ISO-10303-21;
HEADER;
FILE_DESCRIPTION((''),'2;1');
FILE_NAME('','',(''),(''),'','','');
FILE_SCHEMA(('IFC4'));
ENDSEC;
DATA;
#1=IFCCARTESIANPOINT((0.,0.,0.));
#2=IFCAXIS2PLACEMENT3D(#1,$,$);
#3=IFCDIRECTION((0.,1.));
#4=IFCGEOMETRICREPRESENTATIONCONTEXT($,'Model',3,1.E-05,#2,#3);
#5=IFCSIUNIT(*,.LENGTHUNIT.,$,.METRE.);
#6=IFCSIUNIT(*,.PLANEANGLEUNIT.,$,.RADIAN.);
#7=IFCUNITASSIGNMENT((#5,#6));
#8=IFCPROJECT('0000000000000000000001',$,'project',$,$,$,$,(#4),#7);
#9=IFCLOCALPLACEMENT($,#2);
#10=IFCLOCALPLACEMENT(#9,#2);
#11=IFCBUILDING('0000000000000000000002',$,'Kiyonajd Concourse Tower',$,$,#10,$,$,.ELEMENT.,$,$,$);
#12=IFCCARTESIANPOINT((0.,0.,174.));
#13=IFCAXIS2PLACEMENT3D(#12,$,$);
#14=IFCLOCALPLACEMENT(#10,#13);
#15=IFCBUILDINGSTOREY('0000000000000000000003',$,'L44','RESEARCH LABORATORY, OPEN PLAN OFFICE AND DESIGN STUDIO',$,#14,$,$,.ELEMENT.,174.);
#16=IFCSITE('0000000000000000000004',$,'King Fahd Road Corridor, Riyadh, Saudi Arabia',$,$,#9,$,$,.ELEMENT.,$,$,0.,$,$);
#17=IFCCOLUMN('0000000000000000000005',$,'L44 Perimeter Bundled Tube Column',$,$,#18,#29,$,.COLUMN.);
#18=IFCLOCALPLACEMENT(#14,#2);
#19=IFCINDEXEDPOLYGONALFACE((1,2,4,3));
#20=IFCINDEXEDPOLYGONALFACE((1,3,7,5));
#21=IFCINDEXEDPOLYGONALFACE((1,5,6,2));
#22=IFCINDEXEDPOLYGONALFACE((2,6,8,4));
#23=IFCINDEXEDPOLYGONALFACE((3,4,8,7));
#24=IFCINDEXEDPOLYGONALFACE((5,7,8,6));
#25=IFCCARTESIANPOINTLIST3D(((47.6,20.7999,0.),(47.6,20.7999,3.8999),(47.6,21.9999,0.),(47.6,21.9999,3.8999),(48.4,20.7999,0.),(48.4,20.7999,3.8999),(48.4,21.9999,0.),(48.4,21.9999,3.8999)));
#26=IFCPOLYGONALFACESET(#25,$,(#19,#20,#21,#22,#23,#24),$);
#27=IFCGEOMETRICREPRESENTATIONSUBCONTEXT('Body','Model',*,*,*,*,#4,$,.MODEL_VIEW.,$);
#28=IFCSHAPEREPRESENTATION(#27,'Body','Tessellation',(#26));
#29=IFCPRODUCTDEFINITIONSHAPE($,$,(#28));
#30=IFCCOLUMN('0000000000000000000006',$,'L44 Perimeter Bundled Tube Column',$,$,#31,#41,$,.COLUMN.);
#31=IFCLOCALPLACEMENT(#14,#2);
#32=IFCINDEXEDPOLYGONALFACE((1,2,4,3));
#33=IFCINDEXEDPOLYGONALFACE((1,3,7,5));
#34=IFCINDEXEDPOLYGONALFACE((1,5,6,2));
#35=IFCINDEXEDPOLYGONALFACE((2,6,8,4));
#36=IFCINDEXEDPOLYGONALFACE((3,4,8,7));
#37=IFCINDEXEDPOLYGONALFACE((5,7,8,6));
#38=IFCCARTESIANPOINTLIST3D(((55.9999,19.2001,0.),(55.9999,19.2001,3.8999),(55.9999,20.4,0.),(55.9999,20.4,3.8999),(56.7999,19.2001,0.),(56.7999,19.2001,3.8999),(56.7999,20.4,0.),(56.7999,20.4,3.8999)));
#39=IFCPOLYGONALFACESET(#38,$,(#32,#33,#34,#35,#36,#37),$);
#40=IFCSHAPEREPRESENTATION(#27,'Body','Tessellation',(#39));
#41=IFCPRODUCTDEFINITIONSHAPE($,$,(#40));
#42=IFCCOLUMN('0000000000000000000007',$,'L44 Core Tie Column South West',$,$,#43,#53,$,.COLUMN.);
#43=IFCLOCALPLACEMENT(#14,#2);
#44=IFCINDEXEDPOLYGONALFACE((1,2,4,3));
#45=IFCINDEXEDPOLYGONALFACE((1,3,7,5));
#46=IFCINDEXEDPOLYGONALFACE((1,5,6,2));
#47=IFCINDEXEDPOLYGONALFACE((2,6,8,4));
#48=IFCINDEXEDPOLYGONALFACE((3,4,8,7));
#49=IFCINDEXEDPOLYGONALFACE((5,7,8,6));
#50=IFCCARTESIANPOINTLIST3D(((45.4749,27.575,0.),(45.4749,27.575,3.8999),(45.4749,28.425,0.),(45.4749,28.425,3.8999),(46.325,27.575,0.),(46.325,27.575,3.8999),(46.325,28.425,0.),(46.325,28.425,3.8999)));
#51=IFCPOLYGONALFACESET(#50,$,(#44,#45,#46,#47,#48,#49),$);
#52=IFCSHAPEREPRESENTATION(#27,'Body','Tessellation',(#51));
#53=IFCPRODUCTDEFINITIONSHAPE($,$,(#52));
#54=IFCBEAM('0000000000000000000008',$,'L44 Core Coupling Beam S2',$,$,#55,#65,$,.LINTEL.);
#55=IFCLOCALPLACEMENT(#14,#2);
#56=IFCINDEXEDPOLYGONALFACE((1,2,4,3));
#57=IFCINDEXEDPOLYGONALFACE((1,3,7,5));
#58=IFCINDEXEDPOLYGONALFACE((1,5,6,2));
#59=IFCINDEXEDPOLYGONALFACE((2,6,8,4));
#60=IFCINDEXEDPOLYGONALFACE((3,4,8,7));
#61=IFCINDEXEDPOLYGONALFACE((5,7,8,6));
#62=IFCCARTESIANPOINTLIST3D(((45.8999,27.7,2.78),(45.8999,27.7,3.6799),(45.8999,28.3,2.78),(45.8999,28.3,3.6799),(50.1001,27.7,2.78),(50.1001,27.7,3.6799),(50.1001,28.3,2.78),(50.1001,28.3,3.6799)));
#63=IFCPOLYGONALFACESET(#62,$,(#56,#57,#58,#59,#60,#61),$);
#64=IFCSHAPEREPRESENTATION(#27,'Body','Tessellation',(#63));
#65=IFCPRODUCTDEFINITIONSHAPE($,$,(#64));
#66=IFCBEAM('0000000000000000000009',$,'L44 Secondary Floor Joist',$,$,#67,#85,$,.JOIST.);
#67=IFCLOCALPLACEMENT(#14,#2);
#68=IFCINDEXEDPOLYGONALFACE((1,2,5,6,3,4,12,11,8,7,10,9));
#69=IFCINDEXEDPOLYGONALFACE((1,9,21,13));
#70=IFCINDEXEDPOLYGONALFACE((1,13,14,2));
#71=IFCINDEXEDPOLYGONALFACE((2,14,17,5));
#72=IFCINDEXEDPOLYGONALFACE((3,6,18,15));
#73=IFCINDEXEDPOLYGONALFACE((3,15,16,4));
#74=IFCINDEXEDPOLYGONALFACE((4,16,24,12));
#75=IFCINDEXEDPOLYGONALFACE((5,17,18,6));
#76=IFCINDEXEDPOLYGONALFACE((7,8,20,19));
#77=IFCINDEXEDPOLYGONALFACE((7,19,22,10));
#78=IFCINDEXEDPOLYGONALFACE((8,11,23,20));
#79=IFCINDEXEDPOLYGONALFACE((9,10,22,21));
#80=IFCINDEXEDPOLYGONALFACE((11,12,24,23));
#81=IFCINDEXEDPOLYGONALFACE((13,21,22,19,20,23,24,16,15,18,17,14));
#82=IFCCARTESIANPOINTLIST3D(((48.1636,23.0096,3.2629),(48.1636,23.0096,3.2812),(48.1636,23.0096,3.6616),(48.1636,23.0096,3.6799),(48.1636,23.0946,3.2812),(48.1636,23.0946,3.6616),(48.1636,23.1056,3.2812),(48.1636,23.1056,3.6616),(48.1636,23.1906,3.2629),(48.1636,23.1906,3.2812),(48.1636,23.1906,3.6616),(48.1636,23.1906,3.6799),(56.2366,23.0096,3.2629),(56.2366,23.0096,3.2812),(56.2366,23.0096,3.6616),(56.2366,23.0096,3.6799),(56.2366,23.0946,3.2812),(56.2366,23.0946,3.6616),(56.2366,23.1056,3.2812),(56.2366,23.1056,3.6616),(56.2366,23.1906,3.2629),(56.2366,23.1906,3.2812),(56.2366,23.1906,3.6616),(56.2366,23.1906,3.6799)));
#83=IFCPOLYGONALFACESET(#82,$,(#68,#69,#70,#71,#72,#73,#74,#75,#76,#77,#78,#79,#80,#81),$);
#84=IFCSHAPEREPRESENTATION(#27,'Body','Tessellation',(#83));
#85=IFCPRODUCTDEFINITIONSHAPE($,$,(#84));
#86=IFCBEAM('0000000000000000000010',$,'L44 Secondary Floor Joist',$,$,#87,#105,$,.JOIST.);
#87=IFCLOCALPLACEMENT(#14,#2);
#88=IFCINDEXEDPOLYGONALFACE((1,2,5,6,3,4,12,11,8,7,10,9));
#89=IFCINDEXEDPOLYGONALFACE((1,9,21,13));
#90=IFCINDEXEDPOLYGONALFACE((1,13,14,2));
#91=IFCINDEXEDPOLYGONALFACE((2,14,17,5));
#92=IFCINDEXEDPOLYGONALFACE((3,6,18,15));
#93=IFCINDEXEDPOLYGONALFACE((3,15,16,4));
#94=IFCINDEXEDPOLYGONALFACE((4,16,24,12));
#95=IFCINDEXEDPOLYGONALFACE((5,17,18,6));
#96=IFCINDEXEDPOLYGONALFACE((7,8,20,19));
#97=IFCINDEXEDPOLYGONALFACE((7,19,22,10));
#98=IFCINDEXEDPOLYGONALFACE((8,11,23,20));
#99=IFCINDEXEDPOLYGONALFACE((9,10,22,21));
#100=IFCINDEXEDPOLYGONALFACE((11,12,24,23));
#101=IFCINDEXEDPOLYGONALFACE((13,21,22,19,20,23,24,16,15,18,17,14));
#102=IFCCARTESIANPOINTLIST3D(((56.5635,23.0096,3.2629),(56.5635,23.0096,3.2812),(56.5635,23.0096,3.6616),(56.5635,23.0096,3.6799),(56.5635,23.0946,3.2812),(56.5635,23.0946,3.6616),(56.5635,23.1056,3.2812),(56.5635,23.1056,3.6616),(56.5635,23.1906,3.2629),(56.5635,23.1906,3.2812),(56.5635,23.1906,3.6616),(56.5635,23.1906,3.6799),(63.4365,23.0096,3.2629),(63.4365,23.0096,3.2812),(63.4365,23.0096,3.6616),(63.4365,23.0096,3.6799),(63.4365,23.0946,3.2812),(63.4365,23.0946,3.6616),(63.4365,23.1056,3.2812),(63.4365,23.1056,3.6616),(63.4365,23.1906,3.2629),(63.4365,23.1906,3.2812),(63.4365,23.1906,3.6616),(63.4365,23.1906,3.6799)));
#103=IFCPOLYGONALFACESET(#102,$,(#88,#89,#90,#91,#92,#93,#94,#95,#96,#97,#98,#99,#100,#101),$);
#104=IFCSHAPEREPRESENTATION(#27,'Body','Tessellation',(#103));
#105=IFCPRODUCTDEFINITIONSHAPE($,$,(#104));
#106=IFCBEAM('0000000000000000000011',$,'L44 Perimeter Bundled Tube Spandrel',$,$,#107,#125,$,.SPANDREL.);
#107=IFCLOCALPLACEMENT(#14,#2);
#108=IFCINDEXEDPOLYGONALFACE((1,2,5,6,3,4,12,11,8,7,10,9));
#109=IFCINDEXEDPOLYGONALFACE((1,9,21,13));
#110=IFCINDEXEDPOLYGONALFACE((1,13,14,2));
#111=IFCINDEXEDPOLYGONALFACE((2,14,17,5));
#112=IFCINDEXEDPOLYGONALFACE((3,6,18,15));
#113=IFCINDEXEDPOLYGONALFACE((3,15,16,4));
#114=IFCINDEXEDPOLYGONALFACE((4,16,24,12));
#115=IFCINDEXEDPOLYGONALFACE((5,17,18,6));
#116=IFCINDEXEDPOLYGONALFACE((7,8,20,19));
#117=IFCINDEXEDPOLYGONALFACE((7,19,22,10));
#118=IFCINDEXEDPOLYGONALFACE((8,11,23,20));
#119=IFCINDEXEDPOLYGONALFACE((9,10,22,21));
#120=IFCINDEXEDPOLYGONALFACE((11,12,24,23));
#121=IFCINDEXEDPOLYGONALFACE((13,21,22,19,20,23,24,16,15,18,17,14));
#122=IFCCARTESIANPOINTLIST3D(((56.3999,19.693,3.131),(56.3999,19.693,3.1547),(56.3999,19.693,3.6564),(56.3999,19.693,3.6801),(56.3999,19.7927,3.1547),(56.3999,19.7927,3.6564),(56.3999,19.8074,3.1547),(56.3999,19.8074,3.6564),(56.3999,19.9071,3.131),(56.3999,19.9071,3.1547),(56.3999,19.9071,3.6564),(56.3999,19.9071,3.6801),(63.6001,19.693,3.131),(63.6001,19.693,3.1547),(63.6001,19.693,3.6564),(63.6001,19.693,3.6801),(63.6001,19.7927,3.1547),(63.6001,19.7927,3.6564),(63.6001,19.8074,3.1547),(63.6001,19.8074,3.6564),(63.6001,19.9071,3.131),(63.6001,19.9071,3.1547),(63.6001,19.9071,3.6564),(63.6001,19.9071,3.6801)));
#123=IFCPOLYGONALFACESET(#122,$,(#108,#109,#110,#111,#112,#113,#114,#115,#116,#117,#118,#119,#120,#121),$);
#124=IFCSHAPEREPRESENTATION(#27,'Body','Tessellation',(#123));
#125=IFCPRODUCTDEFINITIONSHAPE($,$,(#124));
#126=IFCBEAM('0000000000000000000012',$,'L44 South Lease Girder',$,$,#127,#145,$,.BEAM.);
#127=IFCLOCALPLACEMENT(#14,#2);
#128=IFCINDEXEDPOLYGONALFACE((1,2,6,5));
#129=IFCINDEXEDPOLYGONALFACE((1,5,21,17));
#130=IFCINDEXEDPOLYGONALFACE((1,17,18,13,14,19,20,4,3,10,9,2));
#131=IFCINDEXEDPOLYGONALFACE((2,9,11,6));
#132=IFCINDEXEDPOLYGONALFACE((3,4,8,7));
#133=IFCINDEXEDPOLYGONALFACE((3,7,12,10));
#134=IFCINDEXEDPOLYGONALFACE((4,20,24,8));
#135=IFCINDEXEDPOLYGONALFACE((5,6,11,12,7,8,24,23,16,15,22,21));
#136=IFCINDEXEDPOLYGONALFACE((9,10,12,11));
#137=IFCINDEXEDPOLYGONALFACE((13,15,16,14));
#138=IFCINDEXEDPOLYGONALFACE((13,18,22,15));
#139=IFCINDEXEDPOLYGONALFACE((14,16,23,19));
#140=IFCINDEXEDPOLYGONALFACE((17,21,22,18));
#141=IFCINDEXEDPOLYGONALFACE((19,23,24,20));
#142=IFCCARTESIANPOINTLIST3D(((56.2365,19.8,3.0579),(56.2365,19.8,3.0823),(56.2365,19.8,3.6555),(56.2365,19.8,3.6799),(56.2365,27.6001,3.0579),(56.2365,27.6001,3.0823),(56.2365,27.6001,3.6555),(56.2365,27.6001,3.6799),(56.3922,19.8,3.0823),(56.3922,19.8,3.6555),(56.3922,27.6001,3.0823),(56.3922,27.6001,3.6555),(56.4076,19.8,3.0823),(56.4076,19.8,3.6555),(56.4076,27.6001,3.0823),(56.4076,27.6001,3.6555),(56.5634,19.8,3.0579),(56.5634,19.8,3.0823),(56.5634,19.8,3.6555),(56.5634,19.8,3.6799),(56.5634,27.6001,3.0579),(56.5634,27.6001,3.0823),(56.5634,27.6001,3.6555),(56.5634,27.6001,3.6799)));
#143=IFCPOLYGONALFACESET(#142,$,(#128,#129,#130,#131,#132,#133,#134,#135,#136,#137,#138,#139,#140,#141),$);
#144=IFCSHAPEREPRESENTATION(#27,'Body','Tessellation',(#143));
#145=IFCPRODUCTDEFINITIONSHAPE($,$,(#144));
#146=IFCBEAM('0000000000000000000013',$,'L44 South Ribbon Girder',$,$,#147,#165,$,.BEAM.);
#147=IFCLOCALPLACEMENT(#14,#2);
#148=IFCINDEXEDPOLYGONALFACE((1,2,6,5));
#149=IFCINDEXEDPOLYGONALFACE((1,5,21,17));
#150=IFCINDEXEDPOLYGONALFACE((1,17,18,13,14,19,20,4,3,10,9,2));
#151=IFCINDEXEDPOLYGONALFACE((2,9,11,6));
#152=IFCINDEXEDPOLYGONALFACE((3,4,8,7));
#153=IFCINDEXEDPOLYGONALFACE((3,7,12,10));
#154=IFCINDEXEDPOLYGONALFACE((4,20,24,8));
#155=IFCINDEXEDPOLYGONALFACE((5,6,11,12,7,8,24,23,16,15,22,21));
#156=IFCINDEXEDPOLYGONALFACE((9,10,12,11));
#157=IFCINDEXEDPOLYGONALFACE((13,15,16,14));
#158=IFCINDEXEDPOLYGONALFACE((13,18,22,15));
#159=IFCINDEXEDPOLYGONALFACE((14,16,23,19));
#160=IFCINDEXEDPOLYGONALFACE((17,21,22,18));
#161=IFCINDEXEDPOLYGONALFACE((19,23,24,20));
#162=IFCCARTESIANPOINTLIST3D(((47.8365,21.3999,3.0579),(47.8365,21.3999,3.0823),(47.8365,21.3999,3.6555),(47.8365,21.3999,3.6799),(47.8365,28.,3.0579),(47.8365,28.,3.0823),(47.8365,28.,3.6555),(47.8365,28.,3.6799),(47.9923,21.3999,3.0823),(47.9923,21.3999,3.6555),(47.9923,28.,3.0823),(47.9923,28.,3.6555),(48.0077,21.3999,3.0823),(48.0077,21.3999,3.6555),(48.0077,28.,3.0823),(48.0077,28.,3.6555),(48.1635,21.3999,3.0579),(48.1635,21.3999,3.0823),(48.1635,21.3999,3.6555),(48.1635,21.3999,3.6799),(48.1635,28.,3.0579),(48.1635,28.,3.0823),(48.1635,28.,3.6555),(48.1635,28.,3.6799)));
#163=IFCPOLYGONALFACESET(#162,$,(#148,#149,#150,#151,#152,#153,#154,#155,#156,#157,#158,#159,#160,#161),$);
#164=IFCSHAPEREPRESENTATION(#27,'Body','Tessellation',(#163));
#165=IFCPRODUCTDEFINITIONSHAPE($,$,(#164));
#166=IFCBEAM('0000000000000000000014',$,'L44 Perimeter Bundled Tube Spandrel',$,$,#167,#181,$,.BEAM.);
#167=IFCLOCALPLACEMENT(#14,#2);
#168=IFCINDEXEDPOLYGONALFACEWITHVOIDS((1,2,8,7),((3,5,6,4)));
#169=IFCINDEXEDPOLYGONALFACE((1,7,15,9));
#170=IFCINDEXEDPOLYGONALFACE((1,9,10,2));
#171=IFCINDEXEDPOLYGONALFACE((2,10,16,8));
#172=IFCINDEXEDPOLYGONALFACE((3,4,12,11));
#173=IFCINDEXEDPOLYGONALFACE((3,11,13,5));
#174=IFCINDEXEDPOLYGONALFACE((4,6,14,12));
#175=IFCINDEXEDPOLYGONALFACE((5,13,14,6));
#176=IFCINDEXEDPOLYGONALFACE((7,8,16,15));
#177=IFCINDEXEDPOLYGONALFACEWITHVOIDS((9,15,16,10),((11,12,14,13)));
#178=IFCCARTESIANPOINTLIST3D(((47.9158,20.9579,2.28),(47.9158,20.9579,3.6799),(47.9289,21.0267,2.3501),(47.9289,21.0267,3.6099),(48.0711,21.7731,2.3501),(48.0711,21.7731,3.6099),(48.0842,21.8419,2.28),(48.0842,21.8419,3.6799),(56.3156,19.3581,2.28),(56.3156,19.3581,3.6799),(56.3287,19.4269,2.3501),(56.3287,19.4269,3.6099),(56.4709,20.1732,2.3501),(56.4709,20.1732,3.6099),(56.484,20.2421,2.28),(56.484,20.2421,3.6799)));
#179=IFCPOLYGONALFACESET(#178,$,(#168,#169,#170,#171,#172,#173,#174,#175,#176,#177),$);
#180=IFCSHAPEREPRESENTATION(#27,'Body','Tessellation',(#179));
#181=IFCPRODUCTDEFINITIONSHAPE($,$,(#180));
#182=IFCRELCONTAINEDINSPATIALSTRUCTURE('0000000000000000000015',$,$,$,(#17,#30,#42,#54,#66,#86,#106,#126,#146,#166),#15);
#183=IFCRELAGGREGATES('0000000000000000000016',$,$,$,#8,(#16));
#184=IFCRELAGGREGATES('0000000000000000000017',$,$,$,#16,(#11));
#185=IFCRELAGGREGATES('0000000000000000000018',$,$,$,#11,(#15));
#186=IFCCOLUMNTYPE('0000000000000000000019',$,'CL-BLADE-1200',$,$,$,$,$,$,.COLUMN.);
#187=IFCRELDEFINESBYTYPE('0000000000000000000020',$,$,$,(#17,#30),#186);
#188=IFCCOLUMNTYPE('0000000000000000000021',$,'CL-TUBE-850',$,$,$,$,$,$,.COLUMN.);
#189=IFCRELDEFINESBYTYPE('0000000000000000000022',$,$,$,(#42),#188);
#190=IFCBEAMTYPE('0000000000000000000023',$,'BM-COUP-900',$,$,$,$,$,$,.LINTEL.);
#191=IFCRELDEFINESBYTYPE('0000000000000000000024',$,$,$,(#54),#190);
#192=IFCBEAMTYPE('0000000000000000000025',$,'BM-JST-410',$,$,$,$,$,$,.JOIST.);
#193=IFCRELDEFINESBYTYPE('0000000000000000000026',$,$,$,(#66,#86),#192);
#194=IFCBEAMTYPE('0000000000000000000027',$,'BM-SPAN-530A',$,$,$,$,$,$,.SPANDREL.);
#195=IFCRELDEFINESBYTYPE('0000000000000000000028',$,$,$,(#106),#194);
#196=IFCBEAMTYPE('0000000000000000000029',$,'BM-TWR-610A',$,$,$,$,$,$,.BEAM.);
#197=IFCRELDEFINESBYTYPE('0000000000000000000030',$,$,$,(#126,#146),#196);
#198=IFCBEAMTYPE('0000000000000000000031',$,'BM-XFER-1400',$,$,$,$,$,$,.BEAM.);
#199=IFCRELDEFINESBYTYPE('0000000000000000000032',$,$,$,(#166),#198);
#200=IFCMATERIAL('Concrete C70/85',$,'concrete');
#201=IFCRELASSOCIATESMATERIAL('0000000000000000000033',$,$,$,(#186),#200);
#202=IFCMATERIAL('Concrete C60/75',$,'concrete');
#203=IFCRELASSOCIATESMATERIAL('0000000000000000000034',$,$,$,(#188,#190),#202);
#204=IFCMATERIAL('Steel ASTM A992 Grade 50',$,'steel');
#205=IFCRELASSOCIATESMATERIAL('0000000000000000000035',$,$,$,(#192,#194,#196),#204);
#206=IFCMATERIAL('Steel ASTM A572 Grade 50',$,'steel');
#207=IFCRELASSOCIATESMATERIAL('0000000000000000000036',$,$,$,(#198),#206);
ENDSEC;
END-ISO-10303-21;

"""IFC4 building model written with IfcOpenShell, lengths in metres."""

from ifc_helpers import new_model, si_unit, direction, frame, origin, origin_2d, place, context, subcontext, project, spatial, rectangle, hollow_rectangle, i_section, extrude, material, material_profile, profile_set, type_object, element, save


model = new_model("IFC4")

# Units and contexts
model_context = context("Model", 3, precision=1e-05, world=origin(), true_north=direction((0.0, 1.0)))
body_context = subcontext(model_context, "Body", "Model", "MODEL_VIEW")
ifc_project = project(units=[si_unit("LENGTHUNIT", "METRE"), si_unit("PLANEANGLEUNIT", "RADIAN")], contexts=[model_context])

# Site, building, storey
site_placement = place(None, origin())
site = spatial("IfcSite", under=ifc_project, at=site_placement, Name="King Fahd Road Corridor, Riyadh, Saudi Arabia", CompositionType="ELEMENT", RefElevation=0.0)
building_placement = place(site_placement, origin())
building = spatial("IfcBuilding", under=site, at=building_placement, Name="Kiyonajd Concourse Tower", CompositionType="ELEMENT")
storey_placement = place(building_placement, frame((0.0, 0.0, 174.0)))
storey = spatial("IfcBuildingStorey", under=building, at=storey_placement, Name="L44", Description="RESEARCH LABORATORY, OPEN PLAN OFFICE AND DESIGN STUDIO", CompositionType="ELEMENT", Elevation=174.0)

# Columns
ifc_material_1 = material(Name="Concrete C70/85", Category="concrete")
ifc_material_profile_1 = material_profile(ifc_material_1, rectangle(XDim=0.8, YDim=1.2, at=origin_2d()), Name="RC-1200x800")
ifc_profile_set_1 = profile_set([ifc_material_profile_1], Name="Concrete C70/85")
column_type_1 = type_object("IfcColumnType", Name="CL-BLADE-1200", PredefinedType="COLUMN", material=ifc_profile_set_1)
for number, where, z_axis, x_axis, name in (
    (1, (48.0, 21.3999, 0.0), (0.0, 0.0, 1.0), (1.0, 0.0, 0.0), "L44 Perimeter Bundled Tube Column"),
    (2, (56.3999, 19.8, 0.0), (0.0, 0.0, 1.0), (1.0, 0.0, 0.0), "L44 Perimeter Bundled Tube Column"),
):
    element("IfcColumn", number, at=place(storey_placement, frame(where, z_axis=z_axis, x_axis=x_axis)), inside=storey, type_object=column_type_1, Name=name, PredefinedType="COLUMN", context=body_context, shape_type="SweptSolid", body=[
        extrude(rectangle(XDim=0.8, YDim=1.2, at=origin_2d()), origin(), (0.0, 0.0, 1.0), 3.8999),
    ])
ifc_material_2 = material(Name="Concrete C60/75", Category="concrete")
ifc_material_profile_2 = material_profile(ifc_material_2, rectangle(XDim=0.8501, YDim=0.8501, at=origin_2d()), Name="RC-850x850")
ifc_profile_set_2 = profile_set([ifc_material_profile_2], Name="Concrete C60/75")
column_type_2 = type_object("IfcColumnType", Name="CL-TUBE-850", PredefinedType="COLUMN", material=ifc_profile_set_2)
column_placement = place(storey_placement, frame((45.8999, 28.0, 0.0), z_axis=(0.0, 0.0, 1.0), x_axis=(1.0, 0.0, 0.0)))
element("IfcColumn", 3, at=column_placement, inside=storey, type_object=column_type_2, Name="L44 Core Tie Column South West", PredefinedType="COLUMN", context=body_context, shape_type="SweptSolid", body=[
    extrude(rectangle(XDim=0.8501, YDim=0.8501, at=origin_2d()), origin(), (0.0, 0.0, 1.0), 3.8999),
])

# Beams
ifc_material_profile_3 = material_profile(ifc_material_2, rectangle(XDim=0.6001, YDim=0.8999, at=origin_2d()), Name="RCBM-600x900")
ifc_profile_set_3 = profile_set([ifc_material_profile_3], Name="Concrete C60/75")
beam_type_1 = type_object("IfcBeamType", Name="BM-COUP-900", PredefinedType="LINTEL", material=ifc_profile_set_3)
beam_1_placement = place(storey_placement, frame((45.8999, 28.0, 3.23), z_axis=(1.0, 0.0, 0.0), x_axis=(0.0, 1.0, 0.0)))
element("IfcBeam", 4, at=beam_1_placement, inside=storey, type_object=beam_type_1, Name="L44 Core Coupling Beam S2", PredefinedType="LINTEL", context=body_context, shape_type="SweptSolid", body=[
    extrude(rectangle(XDim=0.6001, YDim=0.8999, at=origin_2d()), origin(), (0.0, 0.0, 1.0), 4.2002),
])
ifc_material_3 = material(Name="Steel ASTM A992 Grade 50", Category="steel")
ifc_material_profile_4 = material_profile(ifc_material_3, i_section(OverallWidth=0.1809, OverallDepth=0.417, WebThickness=0.011, FlangeThickness=0.0183, at=origin_2d()), Name="W410X85")
ifc_profile_set_4 = profile_set([ifc_material_profile_4], Name="Steel ASTM A992 Grade 50")
beam_type_2 = type_object("IfcBeamType", Name="BM-JST-410", PredefinedType="JOIST", material=ifc_profile_set_4)
beam_2_placement = place(storey_placement, frame((48.1636, 23.1001, 3.4714), z_axis=(1.0, 0.0, 0.0), x_axis=(0.0, 1.0, 0.0)))
element("IfcBeam", 5, at=beam_2_placement, inside=storey, type_object=beam_type_2, Name="L44 Secondary Floor Joist", PredefinedType="JOIST", context=body_context, shape_type="SweptSolid", body=[
    extrude(i_section(OverallWidth=0.1809, OverallDepth=0.417, WebThickness=0.011, FlangeThickness=0.0183, at=origin_2d()), origin(), (0.0, 0.0, 1.0), 8.073),
])
beam_3_placement = place(storey_placement, frame((56.5635, 23.1001, 3.4714), z_axis=(1.0, 0.0, 0.0), x_axis=(0.0, 1.0, 0.0)))
element("IfcBeam", 6, at=beam_3_placement, inside=storey, type_object=beam_type_2, Name="L44 Secondary Floor Joist", PredefinedType="JOIST", context=body_context, shape_type="SweptSolid", body=[
    extrude(i_section(OverallWidth=0.1809, OverallDepth=0.417, WebThickness=0.011, FlangeThickness=0.0183, at=origin_2d()), origin(), (0.0, 0.0, 1.0), 6.873),
])
ifc_material_profile_5 = material_profile(ifc_material_3, i_section(OverallWidth=0.2141, OverallDepth=0.5491, WebThickness=0.0146, FlangeThickness=0.0237, at=origin_2d()), Name="W530X138")
ifc_profile_set_5 = profile_set([ifc_material_profile_5], Name="Steel ASTM A992 Grade 50")
beam_type_3 = type_object("IfcBeamType", Name="BM-SPAN-530A", PredefinedType="SPANDREL", material=ifc_profile_set_5)
beam_4_placement = place(storey_placement, frame((56.3999, 19.8, 3.4055), z_axis=(1.0, 0.0, 0.0), x_axis=(0.0, 1.0, 0.0)))
element("IfcBeam", 7, at=beam_4_placement, inside=storey, type_object=beam_type_3, Name="L44 Perimeter Bundled Tube Spandrel", PredefinedType="SPANDREL", context=body_context, shape_type="SweptSolid", body=[
    extrude(i_section(OverallWidth=0.2141, OverallDepth=0.5491, WebThickness=0.0146, FlangeThickness=0.0237, at=origin_2d()), origin(), (0.0, 0.0, 1.0), 7.2002),
])
ifc_material_profile_6 = material_profile(ifc_material_3, i_section(OverallWidth=0.3269, OverallDepth=0.6221, WebThickness=0.0154, FlangeThickness=0.0244, at=origin_2d()), Name="W610X195")
ifc_profile_set_6 = profile_set([ifc_material_profile_6], Name="Steel ASTM A992 Grade 50")
beam_type_4 = type_object("IfcBeamType", Name="BM-TWR-610A", PredefinedType="BEAM", material=ifc_profile_set_6)
beam_5_placement = place(storey_placement, frame((56.3999, 19.8, 3.3689), z_axis=(0.0, 1.0, 0.0), x_axis=(-1.0, 0.0, 0.0)))
element("IfcBeam", 8, at=beam_5_placement, inside=storey, type_object=beam_type_4, Name="L44 South Lease Girder", PredefinedType="BEAM", context=body_context, shape_type="SweptSolid", body=[
    extrude(i_section(OverallWidth=0.3269, OverallDepth=0.6221, WebThickness=0.0154, FlangeThickness=0.0244, at=origin_2d()), origin(), (0.0, 0.0, 1.0), 7.8),
])
beam_6_placement = place(storey_placement, frame((48.0, 21.3999, 3.3689), z_axis=(0.0, 1.0, 0.0), x_axis=(-1.0, 0.0, 0.0)))
element("IfcBeam", 9, at=beam_6_placement, inside=storey, type_object=beam_type_4, Name="L44 South Ribbon Girder", PredefinedType="BEAM", context=body_context, shape_type="SweptSolid", body=[
    extrude(i_section(OverallWidth=0.3269, OverallDepth=0.6221, WebThickness=0.0154, FlangeThickness=0.0244, at=origin_2d()), origin(), (0.0, 0.0, 1.0), 6.6001),
])
ifc_material_4 = material(Name="Steel ASTM A572 Grade 50", Category="steel")
ifc_material_profile_7 = material_profile(ifc_material_4, hollow_rectangle(XDim=0.8999, YDim=1.3999, WallThickness=0.0701, at=origin_2d()), Name="BOX-1400x900x70")
ifc_profile_set_7 = profile_set([ifc_material_profile_7], Name="Steel ASTM A572 Grade 50")
beam_type_5 = type_object("IfcBeamType", Name="BM-XFER-1400", PredefinedType="BEAM", material=ifc_profile_set_7)
beam_7_placement = place(storey_placement, frame((48.0, 21.3999, 2.98), z_axis=(0.982341, -0.187098, 0.0), x_axis=(0.187098, 0.982341, 0.0)))
element("IfcBeam", 10, at=beam_7_placement, inside=storey, type_object=beam_type_5, Name="L44 Perimeter Bundled Tube Spandrel", PredefinedType="BEAM", context=body_context, shape_type="SweptSolid", body=[
    extrude(hollow_rectangle(XDim=0.8999, YDim=1.3999, WallThickness=0.0701, at=origin_2d()), origin(), (0.0, 0.0, 1.0), 8.5508),
])

save(model, "model.ifc")
